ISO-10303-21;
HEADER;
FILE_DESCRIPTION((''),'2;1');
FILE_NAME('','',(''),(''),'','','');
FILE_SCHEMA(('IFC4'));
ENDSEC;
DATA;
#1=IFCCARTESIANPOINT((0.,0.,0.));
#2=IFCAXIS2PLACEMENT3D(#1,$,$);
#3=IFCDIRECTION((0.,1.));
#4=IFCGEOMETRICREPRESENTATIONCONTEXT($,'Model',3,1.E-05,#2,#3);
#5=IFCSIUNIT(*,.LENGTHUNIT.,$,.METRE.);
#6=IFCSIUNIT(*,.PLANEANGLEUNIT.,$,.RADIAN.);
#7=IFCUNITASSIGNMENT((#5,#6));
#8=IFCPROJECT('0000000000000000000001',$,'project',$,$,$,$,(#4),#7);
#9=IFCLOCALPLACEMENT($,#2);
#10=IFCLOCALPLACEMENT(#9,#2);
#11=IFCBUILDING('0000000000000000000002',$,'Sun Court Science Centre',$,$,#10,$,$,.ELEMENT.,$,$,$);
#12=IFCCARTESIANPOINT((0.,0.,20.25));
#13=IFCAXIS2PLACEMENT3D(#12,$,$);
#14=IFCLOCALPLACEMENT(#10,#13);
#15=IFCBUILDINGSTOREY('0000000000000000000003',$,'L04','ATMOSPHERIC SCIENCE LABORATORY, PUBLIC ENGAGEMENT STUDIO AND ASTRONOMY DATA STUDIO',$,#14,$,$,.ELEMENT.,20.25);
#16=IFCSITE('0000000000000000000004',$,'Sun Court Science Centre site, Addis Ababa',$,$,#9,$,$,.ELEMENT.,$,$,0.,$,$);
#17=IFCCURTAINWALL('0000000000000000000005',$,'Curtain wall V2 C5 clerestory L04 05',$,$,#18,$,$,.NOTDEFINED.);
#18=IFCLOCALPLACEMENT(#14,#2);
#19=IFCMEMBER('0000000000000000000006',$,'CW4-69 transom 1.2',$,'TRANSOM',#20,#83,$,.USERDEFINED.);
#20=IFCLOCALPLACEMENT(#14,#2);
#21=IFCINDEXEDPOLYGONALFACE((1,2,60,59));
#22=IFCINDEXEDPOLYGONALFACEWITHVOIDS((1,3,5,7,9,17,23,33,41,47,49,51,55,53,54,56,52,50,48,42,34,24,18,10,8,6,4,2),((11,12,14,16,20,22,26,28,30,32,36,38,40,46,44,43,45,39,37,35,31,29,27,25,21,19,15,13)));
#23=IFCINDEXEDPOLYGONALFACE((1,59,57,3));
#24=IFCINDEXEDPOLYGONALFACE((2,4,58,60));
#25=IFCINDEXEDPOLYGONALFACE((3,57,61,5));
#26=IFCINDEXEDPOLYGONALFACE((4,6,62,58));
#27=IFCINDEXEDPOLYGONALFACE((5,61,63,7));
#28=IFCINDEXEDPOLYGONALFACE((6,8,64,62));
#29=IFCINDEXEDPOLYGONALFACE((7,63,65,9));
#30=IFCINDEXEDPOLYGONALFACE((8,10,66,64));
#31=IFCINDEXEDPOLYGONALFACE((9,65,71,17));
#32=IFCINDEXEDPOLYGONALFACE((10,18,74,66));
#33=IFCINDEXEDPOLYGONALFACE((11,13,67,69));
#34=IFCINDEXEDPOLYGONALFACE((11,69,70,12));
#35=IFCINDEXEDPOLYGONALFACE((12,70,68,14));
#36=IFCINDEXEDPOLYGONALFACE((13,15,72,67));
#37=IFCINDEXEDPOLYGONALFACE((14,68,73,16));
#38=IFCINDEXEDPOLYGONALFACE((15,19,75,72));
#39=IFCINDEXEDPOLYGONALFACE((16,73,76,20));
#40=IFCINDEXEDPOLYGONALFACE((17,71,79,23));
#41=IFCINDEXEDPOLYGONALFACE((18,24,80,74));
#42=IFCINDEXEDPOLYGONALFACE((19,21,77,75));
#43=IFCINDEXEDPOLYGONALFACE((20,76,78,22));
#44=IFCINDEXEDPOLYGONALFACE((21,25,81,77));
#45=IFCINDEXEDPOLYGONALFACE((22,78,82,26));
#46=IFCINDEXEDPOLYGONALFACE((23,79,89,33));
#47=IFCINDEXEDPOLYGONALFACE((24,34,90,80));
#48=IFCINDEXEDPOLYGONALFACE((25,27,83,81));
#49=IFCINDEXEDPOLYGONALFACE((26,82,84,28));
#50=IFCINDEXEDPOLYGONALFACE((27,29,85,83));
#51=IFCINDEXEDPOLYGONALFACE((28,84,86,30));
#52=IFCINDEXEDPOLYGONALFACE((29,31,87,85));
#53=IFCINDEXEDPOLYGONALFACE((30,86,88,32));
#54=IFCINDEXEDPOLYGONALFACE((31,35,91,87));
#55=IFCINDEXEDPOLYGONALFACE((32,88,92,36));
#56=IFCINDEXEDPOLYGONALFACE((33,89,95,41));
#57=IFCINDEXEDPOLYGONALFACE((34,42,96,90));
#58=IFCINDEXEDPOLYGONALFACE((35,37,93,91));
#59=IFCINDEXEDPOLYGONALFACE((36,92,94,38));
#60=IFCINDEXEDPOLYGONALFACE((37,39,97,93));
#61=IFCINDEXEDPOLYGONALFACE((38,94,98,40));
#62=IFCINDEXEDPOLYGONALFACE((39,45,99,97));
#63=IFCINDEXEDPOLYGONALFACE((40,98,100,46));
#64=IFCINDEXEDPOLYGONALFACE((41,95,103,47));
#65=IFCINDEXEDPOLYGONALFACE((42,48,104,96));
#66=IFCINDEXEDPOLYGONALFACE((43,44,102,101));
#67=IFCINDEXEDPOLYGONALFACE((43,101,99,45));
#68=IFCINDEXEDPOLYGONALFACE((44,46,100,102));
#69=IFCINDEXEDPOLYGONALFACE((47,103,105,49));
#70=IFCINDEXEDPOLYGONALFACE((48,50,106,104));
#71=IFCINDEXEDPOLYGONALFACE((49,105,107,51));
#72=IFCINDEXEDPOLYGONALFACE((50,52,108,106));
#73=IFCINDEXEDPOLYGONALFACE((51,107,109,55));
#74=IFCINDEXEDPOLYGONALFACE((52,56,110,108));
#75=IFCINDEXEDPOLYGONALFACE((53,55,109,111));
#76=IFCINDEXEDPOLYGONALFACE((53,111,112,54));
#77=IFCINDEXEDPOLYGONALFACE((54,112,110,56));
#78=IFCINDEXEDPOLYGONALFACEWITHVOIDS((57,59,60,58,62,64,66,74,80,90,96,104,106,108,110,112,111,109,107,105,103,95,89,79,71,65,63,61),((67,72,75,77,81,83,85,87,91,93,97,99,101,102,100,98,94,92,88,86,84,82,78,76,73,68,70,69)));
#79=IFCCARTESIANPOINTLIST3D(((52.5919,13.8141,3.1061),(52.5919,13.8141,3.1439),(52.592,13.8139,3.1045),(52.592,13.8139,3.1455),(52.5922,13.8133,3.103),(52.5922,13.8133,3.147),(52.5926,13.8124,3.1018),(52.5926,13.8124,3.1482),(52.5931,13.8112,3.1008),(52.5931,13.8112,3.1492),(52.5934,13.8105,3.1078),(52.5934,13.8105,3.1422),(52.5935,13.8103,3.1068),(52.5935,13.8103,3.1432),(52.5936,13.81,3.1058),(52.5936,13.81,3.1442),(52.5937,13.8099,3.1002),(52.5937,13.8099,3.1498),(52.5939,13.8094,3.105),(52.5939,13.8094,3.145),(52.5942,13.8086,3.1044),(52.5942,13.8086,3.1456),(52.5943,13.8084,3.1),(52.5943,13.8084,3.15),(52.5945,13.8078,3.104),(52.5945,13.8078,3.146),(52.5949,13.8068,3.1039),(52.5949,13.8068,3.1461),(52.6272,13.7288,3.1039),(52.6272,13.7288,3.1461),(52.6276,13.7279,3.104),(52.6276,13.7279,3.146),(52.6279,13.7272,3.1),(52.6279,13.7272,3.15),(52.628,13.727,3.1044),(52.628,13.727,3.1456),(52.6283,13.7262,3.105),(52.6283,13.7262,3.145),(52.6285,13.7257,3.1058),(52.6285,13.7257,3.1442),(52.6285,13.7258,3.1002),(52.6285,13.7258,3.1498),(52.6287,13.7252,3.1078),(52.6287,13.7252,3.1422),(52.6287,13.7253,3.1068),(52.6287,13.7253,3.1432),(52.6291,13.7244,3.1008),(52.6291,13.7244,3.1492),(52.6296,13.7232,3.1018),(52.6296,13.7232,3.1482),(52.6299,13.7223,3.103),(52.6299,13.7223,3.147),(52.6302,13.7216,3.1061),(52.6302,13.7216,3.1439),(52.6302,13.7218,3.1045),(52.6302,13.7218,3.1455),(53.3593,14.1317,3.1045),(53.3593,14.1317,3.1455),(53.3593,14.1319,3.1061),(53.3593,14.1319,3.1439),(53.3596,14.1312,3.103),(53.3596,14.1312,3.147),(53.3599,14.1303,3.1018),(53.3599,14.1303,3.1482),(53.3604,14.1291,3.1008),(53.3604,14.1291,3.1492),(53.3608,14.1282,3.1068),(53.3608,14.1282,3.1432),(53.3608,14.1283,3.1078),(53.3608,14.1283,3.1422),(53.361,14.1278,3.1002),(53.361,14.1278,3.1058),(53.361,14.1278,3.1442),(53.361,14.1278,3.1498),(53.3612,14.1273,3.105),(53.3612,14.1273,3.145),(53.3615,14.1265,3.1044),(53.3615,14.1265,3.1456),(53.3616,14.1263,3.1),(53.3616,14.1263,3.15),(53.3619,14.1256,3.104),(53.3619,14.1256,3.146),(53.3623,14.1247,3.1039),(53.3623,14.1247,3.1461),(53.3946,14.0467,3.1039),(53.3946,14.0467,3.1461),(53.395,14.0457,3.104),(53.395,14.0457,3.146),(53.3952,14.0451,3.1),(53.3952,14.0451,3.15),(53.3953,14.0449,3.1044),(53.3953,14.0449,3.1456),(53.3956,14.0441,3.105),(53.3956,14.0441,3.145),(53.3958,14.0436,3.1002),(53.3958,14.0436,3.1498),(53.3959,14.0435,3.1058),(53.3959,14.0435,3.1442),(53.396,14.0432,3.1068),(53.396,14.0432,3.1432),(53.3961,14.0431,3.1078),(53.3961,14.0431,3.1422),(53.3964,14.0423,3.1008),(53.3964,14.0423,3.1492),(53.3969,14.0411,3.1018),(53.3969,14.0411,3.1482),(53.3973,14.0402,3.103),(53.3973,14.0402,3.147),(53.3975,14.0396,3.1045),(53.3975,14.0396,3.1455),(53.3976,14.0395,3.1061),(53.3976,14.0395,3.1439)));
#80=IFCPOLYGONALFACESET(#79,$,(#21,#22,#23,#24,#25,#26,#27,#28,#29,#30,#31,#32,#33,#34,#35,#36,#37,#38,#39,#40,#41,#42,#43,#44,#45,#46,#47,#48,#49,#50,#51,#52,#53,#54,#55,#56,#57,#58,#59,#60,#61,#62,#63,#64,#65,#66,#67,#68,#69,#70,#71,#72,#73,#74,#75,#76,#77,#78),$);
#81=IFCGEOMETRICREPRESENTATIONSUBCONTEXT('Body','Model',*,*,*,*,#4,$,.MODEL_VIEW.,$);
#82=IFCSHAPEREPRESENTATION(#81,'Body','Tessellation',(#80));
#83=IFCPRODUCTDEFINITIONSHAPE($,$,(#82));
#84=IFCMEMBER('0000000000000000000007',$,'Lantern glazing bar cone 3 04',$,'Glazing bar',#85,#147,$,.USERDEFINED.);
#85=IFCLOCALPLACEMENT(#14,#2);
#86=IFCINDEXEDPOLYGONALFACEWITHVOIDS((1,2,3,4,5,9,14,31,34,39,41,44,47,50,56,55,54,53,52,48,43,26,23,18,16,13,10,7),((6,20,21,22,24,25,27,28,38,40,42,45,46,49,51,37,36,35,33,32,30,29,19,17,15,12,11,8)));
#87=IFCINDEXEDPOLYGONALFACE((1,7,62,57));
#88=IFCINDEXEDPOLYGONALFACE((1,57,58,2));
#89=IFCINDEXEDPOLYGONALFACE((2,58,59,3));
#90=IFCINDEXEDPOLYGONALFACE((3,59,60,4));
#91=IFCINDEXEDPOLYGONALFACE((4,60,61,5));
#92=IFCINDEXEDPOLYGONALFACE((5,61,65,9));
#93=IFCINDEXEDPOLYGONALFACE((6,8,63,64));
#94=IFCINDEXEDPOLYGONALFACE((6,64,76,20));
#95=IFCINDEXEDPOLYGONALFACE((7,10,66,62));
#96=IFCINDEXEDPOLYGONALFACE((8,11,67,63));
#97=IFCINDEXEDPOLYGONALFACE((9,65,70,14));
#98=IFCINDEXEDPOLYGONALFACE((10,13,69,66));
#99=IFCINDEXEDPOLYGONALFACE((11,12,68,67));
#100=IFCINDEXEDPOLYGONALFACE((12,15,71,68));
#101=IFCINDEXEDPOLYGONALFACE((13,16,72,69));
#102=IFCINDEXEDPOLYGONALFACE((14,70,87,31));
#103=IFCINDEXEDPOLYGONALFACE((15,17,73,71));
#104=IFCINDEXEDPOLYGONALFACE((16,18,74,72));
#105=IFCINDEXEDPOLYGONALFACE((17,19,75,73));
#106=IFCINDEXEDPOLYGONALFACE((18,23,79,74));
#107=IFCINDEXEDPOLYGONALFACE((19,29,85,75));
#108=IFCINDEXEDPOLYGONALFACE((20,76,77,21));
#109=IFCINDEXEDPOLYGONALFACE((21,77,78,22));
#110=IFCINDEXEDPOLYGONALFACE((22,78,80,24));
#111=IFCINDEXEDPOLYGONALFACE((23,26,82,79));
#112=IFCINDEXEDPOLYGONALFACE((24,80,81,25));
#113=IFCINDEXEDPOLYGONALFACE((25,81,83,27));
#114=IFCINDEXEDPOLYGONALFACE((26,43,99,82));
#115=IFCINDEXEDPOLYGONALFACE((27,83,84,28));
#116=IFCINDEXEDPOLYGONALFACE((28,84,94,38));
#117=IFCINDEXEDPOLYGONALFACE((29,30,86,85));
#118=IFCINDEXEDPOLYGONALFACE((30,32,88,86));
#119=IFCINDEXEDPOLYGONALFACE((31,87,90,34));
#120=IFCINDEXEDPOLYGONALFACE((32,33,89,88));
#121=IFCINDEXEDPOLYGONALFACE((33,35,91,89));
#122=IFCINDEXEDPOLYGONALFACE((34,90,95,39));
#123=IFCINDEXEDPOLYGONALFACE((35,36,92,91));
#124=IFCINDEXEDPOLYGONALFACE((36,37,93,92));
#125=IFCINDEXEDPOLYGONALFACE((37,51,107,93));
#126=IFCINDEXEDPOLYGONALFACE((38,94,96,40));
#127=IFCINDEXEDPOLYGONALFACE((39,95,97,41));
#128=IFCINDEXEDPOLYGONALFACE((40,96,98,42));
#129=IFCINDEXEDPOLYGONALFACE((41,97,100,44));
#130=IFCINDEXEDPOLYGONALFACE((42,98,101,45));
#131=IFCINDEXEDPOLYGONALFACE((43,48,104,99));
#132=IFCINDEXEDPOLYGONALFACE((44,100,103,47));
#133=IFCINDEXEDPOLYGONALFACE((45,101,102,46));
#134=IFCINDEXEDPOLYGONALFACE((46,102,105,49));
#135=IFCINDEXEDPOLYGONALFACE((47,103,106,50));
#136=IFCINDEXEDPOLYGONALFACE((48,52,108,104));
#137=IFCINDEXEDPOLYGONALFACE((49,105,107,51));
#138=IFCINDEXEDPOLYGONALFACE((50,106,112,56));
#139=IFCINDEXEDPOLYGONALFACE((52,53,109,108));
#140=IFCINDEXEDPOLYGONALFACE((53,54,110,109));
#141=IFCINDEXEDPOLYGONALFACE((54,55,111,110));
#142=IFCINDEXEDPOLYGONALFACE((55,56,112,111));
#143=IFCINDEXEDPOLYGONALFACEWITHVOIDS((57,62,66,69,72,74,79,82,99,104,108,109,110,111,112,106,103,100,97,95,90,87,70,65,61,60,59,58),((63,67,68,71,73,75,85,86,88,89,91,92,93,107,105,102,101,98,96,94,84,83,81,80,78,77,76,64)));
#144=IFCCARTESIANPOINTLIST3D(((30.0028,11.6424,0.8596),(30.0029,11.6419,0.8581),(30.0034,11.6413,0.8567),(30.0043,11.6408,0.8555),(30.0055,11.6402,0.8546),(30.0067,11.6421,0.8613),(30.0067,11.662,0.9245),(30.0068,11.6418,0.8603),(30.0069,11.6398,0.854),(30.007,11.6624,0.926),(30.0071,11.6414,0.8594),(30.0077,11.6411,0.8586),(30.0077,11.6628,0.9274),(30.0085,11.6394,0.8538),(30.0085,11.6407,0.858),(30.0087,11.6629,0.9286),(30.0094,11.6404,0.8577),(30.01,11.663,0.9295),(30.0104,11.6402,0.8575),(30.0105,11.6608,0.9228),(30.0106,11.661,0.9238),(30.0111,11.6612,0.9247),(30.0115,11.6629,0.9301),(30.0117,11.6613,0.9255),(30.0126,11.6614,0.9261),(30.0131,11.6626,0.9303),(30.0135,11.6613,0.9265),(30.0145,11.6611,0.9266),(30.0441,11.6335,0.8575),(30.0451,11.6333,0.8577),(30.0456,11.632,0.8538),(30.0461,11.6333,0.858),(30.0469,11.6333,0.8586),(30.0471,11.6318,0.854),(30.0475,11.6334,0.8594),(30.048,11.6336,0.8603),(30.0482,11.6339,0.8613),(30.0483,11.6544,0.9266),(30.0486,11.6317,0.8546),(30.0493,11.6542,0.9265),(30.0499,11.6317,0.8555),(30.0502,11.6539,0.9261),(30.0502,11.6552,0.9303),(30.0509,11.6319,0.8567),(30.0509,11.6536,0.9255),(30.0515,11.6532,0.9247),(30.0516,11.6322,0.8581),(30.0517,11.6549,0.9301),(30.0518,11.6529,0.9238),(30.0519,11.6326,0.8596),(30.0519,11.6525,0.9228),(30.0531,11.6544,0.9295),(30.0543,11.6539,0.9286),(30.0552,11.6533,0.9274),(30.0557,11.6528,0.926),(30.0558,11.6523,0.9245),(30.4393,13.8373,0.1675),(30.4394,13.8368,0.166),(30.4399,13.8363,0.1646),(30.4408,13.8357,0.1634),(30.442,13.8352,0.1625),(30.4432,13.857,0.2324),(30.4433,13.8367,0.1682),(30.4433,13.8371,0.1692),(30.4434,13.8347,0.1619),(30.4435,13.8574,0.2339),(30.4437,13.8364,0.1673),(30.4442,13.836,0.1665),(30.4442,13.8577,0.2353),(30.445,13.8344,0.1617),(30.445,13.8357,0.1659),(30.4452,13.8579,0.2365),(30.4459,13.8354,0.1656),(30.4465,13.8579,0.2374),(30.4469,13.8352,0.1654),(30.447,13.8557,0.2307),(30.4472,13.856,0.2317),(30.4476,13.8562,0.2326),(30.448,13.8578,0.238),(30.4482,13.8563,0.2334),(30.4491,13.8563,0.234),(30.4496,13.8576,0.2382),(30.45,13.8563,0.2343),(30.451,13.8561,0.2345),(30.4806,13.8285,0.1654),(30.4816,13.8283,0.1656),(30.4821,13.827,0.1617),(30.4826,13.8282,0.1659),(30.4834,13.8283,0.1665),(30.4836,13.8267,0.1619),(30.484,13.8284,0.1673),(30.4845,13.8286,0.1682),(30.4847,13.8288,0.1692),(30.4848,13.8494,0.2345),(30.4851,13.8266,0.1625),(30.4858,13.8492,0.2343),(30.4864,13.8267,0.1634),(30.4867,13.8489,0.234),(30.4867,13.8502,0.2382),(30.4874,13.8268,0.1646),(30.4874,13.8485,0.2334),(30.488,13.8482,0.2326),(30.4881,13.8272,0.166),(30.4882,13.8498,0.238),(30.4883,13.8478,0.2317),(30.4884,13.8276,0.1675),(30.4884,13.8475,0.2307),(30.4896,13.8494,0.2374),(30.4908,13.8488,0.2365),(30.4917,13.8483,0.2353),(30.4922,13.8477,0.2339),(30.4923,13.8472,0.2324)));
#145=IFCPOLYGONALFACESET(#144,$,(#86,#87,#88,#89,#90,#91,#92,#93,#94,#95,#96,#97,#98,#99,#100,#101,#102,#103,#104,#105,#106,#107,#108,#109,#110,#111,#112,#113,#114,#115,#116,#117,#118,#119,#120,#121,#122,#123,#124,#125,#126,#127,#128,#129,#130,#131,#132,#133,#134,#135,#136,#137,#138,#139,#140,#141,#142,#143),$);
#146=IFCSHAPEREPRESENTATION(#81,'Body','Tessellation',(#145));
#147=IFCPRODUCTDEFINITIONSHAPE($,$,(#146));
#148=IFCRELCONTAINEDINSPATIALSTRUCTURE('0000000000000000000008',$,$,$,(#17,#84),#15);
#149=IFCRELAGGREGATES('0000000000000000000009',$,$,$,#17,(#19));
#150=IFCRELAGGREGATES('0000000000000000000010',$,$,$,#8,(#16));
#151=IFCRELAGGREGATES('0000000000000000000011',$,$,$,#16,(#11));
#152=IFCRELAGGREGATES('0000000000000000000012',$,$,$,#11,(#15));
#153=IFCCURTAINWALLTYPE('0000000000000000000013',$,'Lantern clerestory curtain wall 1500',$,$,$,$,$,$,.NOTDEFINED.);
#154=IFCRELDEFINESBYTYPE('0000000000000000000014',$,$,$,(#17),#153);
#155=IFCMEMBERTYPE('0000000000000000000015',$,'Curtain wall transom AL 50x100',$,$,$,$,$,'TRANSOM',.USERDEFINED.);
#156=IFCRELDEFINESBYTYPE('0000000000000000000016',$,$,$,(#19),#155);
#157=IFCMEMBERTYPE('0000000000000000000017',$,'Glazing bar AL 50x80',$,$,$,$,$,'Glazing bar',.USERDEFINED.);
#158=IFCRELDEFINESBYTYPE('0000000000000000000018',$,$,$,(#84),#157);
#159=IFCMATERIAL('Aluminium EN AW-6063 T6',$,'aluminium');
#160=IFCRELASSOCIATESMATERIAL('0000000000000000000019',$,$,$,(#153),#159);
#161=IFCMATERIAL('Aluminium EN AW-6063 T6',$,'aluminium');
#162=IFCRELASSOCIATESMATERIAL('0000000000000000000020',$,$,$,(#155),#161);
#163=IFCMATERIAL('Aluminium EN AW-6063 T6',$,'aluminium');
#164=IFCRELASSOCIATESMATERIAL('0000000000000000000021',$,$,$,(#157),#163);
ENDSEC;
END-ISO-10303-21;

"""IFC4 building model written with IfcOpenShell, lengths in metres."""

from ifc_helpers import new_model, si_unit, direction, frame, origin, origin_2d, place, context, subcontext, project, spatial, hollow_rectangle, extrude, material, material_profile, profile_set, type_object, element, aggregate, save


model = new_model("IFC4")

# Units and contexts
model_context = context("Model", 3, precision=1e-05, world=origin(), true_north=direction((0.0, 1.0)))
body_context = subcontext(model_context, "Body", "Model", "MODEL_VIEW")
ifc_project = project(units=[si_unit("LENGTHUNIT", "METRE"), si_unit("PLANEANGLEUNIT", "RADIAN")], contexts=[model_context])

# Site, building, storey
site_placement = place(None, origin())
site = spatial("IfcSite", under=ifc_project, at=site_placement, Name="Sun Court Science Centre site, Addis Ababa", CompositionType="ELEMENT", RefElevation=0.0)
building_placement = place(site_placement, origin())
building = spatial("IfcBuilding", under=site, at=building_placement, Name="Sun Court Science Centre", CompositionType="ELEMENT")
storey_placement = place(building_placement, frame((0.0, 0.0, 20.25)))
storey = spatial("IfcBuildingStorey", under=building, at=storey_placement, Name="L04", Description="ATMOSPHERIC SCIENCE LABORATORY, PUBLIC ENGAGEMENT STUDIO AND ASTRONOMY DATA STUDIO", CompositionType="ELEMENT", Elevation=20.25)

# Shared definitions
ifc_material_1 = material(Name="Aluminium EN AW-6063 T6", Category="aluminium")
curtain_wall_type = type_object("IfcCurtainWallType", Name="Lantern clerestory curtain wall 1500", PredefinedType="NOTDEFINED", material=ifc_material_1)

# Curtain wall
curtain_wall_1_placement = place(storey_placement, origin())
curtain_wall_1 = element("IfcCurtainWall", 1, at=curtain_wall_1_placement, inside=storey, type_object=curtain_wall_type, Name="Curtain wall V2 C5 clerestory L04 05", PredefinedType="NOTDEFINED")

# Member
ifc_material_2 = material(Name="Aluminium EN AW-6063 T6", Category="aluminium")
ifc_material_profile_1 = material_profile(ifc_material_2, hollow_rectangle(XDim=0.05, YDim=0.1001, WallThickness=0.0039, InnerFilletRadius=0.0039, OuterFilletRadius=0.0061, at=origin_2d()), Name="AL 50x100x4")
ifc_profile_set_1 = profile_set([ifc_material_profile_1], Name="Aluminium EN AW-6063 T6")
member_type_1 = type_object("IfcMemberType", Name="Curtain wall transom AL 50x100", ElementType="TRANSOM", PredefinedType="USERDEFINED", material=ifc_profile_set_1)
member_1_placement = place(storey_placement, frame((52.6111, 13.7678, 3.125), z_axis=(0.923866, 0.382715, 0.0), x_axis=(0.0, 0.0, 1.0)))
member_1 = element("IfcMember", 2, at=member_1_placement, type_object=member_type_1, Name="CW4-69 transom 1.2", ObjectType="TRANSOM", PredefinedType="USERDEFINED", context=body_context, shape_type="SweptSolid", body=[
    extrude(hollow_rectangle(XDim=0.05, YDim=0.1001, WallThickness=0.0039, InnerFilletRadius=0.0039, OuterFilletRadius=0.0061, at=origin_2d()), origin(), (0.0, 0.0, 1.0), 0.8306),
])

# Member
ifc_material_3 = material(Name="Aluminium EN AW-6063 T6", Category="aluminium")
ifc_material_profile_2 = material_profile(ifc_material_3, hollow_rectangle(XDim=0.05, YDim=0.0801, WallThickness=0.0039, InnerFilletRadius=0.0039, OuterFilletRadius=0.0061, at=origin_2d()), Name="AL 50x80x4")
ifc_profile_set_2 = profile_set([ifc_material_profile_2], Name="Aluminium EN AW-6063 T6")
member_type_2 = type_object("IfcMemberType", Name="Glazing bar AL 50x80", ElementType="Glazing bar", PredefinedType="USERDEFINED", material=ifc_profile_set_2)
for number, where, z_axis, x_axis, name in (
    (3, (30.4658, 13.8423, 0.2), (-0.186339, -0.937009, 0.295453), (0.980794, -0.195046, 0.0), "Lantern glazing bar cone 3 04"),
):
    element("IfcMember", number, at=place(storey_placement, frame(where, z_axis=z_axis, x_axis=x_axis)), inside=storey, type_object=member_type_2, Name=name, ObjectType="Glazing bar", PredefinedType="USERDEFINED", context=body_context, shape_type="SweptSolid", body=[
        extrude(hollow_rectangle(XDim=0.05, YDim=0.0801, WallThickness=0.0039, InnerFilletRadius=0.0039, OuterFilletRadius=0.0061, at=origin_2d()), origin(), (0.0, 0.0, 1.0), 2.3425),
    ])

aggregate(curtain_wall_1, [member_1])

save(model, "model.ifc")
